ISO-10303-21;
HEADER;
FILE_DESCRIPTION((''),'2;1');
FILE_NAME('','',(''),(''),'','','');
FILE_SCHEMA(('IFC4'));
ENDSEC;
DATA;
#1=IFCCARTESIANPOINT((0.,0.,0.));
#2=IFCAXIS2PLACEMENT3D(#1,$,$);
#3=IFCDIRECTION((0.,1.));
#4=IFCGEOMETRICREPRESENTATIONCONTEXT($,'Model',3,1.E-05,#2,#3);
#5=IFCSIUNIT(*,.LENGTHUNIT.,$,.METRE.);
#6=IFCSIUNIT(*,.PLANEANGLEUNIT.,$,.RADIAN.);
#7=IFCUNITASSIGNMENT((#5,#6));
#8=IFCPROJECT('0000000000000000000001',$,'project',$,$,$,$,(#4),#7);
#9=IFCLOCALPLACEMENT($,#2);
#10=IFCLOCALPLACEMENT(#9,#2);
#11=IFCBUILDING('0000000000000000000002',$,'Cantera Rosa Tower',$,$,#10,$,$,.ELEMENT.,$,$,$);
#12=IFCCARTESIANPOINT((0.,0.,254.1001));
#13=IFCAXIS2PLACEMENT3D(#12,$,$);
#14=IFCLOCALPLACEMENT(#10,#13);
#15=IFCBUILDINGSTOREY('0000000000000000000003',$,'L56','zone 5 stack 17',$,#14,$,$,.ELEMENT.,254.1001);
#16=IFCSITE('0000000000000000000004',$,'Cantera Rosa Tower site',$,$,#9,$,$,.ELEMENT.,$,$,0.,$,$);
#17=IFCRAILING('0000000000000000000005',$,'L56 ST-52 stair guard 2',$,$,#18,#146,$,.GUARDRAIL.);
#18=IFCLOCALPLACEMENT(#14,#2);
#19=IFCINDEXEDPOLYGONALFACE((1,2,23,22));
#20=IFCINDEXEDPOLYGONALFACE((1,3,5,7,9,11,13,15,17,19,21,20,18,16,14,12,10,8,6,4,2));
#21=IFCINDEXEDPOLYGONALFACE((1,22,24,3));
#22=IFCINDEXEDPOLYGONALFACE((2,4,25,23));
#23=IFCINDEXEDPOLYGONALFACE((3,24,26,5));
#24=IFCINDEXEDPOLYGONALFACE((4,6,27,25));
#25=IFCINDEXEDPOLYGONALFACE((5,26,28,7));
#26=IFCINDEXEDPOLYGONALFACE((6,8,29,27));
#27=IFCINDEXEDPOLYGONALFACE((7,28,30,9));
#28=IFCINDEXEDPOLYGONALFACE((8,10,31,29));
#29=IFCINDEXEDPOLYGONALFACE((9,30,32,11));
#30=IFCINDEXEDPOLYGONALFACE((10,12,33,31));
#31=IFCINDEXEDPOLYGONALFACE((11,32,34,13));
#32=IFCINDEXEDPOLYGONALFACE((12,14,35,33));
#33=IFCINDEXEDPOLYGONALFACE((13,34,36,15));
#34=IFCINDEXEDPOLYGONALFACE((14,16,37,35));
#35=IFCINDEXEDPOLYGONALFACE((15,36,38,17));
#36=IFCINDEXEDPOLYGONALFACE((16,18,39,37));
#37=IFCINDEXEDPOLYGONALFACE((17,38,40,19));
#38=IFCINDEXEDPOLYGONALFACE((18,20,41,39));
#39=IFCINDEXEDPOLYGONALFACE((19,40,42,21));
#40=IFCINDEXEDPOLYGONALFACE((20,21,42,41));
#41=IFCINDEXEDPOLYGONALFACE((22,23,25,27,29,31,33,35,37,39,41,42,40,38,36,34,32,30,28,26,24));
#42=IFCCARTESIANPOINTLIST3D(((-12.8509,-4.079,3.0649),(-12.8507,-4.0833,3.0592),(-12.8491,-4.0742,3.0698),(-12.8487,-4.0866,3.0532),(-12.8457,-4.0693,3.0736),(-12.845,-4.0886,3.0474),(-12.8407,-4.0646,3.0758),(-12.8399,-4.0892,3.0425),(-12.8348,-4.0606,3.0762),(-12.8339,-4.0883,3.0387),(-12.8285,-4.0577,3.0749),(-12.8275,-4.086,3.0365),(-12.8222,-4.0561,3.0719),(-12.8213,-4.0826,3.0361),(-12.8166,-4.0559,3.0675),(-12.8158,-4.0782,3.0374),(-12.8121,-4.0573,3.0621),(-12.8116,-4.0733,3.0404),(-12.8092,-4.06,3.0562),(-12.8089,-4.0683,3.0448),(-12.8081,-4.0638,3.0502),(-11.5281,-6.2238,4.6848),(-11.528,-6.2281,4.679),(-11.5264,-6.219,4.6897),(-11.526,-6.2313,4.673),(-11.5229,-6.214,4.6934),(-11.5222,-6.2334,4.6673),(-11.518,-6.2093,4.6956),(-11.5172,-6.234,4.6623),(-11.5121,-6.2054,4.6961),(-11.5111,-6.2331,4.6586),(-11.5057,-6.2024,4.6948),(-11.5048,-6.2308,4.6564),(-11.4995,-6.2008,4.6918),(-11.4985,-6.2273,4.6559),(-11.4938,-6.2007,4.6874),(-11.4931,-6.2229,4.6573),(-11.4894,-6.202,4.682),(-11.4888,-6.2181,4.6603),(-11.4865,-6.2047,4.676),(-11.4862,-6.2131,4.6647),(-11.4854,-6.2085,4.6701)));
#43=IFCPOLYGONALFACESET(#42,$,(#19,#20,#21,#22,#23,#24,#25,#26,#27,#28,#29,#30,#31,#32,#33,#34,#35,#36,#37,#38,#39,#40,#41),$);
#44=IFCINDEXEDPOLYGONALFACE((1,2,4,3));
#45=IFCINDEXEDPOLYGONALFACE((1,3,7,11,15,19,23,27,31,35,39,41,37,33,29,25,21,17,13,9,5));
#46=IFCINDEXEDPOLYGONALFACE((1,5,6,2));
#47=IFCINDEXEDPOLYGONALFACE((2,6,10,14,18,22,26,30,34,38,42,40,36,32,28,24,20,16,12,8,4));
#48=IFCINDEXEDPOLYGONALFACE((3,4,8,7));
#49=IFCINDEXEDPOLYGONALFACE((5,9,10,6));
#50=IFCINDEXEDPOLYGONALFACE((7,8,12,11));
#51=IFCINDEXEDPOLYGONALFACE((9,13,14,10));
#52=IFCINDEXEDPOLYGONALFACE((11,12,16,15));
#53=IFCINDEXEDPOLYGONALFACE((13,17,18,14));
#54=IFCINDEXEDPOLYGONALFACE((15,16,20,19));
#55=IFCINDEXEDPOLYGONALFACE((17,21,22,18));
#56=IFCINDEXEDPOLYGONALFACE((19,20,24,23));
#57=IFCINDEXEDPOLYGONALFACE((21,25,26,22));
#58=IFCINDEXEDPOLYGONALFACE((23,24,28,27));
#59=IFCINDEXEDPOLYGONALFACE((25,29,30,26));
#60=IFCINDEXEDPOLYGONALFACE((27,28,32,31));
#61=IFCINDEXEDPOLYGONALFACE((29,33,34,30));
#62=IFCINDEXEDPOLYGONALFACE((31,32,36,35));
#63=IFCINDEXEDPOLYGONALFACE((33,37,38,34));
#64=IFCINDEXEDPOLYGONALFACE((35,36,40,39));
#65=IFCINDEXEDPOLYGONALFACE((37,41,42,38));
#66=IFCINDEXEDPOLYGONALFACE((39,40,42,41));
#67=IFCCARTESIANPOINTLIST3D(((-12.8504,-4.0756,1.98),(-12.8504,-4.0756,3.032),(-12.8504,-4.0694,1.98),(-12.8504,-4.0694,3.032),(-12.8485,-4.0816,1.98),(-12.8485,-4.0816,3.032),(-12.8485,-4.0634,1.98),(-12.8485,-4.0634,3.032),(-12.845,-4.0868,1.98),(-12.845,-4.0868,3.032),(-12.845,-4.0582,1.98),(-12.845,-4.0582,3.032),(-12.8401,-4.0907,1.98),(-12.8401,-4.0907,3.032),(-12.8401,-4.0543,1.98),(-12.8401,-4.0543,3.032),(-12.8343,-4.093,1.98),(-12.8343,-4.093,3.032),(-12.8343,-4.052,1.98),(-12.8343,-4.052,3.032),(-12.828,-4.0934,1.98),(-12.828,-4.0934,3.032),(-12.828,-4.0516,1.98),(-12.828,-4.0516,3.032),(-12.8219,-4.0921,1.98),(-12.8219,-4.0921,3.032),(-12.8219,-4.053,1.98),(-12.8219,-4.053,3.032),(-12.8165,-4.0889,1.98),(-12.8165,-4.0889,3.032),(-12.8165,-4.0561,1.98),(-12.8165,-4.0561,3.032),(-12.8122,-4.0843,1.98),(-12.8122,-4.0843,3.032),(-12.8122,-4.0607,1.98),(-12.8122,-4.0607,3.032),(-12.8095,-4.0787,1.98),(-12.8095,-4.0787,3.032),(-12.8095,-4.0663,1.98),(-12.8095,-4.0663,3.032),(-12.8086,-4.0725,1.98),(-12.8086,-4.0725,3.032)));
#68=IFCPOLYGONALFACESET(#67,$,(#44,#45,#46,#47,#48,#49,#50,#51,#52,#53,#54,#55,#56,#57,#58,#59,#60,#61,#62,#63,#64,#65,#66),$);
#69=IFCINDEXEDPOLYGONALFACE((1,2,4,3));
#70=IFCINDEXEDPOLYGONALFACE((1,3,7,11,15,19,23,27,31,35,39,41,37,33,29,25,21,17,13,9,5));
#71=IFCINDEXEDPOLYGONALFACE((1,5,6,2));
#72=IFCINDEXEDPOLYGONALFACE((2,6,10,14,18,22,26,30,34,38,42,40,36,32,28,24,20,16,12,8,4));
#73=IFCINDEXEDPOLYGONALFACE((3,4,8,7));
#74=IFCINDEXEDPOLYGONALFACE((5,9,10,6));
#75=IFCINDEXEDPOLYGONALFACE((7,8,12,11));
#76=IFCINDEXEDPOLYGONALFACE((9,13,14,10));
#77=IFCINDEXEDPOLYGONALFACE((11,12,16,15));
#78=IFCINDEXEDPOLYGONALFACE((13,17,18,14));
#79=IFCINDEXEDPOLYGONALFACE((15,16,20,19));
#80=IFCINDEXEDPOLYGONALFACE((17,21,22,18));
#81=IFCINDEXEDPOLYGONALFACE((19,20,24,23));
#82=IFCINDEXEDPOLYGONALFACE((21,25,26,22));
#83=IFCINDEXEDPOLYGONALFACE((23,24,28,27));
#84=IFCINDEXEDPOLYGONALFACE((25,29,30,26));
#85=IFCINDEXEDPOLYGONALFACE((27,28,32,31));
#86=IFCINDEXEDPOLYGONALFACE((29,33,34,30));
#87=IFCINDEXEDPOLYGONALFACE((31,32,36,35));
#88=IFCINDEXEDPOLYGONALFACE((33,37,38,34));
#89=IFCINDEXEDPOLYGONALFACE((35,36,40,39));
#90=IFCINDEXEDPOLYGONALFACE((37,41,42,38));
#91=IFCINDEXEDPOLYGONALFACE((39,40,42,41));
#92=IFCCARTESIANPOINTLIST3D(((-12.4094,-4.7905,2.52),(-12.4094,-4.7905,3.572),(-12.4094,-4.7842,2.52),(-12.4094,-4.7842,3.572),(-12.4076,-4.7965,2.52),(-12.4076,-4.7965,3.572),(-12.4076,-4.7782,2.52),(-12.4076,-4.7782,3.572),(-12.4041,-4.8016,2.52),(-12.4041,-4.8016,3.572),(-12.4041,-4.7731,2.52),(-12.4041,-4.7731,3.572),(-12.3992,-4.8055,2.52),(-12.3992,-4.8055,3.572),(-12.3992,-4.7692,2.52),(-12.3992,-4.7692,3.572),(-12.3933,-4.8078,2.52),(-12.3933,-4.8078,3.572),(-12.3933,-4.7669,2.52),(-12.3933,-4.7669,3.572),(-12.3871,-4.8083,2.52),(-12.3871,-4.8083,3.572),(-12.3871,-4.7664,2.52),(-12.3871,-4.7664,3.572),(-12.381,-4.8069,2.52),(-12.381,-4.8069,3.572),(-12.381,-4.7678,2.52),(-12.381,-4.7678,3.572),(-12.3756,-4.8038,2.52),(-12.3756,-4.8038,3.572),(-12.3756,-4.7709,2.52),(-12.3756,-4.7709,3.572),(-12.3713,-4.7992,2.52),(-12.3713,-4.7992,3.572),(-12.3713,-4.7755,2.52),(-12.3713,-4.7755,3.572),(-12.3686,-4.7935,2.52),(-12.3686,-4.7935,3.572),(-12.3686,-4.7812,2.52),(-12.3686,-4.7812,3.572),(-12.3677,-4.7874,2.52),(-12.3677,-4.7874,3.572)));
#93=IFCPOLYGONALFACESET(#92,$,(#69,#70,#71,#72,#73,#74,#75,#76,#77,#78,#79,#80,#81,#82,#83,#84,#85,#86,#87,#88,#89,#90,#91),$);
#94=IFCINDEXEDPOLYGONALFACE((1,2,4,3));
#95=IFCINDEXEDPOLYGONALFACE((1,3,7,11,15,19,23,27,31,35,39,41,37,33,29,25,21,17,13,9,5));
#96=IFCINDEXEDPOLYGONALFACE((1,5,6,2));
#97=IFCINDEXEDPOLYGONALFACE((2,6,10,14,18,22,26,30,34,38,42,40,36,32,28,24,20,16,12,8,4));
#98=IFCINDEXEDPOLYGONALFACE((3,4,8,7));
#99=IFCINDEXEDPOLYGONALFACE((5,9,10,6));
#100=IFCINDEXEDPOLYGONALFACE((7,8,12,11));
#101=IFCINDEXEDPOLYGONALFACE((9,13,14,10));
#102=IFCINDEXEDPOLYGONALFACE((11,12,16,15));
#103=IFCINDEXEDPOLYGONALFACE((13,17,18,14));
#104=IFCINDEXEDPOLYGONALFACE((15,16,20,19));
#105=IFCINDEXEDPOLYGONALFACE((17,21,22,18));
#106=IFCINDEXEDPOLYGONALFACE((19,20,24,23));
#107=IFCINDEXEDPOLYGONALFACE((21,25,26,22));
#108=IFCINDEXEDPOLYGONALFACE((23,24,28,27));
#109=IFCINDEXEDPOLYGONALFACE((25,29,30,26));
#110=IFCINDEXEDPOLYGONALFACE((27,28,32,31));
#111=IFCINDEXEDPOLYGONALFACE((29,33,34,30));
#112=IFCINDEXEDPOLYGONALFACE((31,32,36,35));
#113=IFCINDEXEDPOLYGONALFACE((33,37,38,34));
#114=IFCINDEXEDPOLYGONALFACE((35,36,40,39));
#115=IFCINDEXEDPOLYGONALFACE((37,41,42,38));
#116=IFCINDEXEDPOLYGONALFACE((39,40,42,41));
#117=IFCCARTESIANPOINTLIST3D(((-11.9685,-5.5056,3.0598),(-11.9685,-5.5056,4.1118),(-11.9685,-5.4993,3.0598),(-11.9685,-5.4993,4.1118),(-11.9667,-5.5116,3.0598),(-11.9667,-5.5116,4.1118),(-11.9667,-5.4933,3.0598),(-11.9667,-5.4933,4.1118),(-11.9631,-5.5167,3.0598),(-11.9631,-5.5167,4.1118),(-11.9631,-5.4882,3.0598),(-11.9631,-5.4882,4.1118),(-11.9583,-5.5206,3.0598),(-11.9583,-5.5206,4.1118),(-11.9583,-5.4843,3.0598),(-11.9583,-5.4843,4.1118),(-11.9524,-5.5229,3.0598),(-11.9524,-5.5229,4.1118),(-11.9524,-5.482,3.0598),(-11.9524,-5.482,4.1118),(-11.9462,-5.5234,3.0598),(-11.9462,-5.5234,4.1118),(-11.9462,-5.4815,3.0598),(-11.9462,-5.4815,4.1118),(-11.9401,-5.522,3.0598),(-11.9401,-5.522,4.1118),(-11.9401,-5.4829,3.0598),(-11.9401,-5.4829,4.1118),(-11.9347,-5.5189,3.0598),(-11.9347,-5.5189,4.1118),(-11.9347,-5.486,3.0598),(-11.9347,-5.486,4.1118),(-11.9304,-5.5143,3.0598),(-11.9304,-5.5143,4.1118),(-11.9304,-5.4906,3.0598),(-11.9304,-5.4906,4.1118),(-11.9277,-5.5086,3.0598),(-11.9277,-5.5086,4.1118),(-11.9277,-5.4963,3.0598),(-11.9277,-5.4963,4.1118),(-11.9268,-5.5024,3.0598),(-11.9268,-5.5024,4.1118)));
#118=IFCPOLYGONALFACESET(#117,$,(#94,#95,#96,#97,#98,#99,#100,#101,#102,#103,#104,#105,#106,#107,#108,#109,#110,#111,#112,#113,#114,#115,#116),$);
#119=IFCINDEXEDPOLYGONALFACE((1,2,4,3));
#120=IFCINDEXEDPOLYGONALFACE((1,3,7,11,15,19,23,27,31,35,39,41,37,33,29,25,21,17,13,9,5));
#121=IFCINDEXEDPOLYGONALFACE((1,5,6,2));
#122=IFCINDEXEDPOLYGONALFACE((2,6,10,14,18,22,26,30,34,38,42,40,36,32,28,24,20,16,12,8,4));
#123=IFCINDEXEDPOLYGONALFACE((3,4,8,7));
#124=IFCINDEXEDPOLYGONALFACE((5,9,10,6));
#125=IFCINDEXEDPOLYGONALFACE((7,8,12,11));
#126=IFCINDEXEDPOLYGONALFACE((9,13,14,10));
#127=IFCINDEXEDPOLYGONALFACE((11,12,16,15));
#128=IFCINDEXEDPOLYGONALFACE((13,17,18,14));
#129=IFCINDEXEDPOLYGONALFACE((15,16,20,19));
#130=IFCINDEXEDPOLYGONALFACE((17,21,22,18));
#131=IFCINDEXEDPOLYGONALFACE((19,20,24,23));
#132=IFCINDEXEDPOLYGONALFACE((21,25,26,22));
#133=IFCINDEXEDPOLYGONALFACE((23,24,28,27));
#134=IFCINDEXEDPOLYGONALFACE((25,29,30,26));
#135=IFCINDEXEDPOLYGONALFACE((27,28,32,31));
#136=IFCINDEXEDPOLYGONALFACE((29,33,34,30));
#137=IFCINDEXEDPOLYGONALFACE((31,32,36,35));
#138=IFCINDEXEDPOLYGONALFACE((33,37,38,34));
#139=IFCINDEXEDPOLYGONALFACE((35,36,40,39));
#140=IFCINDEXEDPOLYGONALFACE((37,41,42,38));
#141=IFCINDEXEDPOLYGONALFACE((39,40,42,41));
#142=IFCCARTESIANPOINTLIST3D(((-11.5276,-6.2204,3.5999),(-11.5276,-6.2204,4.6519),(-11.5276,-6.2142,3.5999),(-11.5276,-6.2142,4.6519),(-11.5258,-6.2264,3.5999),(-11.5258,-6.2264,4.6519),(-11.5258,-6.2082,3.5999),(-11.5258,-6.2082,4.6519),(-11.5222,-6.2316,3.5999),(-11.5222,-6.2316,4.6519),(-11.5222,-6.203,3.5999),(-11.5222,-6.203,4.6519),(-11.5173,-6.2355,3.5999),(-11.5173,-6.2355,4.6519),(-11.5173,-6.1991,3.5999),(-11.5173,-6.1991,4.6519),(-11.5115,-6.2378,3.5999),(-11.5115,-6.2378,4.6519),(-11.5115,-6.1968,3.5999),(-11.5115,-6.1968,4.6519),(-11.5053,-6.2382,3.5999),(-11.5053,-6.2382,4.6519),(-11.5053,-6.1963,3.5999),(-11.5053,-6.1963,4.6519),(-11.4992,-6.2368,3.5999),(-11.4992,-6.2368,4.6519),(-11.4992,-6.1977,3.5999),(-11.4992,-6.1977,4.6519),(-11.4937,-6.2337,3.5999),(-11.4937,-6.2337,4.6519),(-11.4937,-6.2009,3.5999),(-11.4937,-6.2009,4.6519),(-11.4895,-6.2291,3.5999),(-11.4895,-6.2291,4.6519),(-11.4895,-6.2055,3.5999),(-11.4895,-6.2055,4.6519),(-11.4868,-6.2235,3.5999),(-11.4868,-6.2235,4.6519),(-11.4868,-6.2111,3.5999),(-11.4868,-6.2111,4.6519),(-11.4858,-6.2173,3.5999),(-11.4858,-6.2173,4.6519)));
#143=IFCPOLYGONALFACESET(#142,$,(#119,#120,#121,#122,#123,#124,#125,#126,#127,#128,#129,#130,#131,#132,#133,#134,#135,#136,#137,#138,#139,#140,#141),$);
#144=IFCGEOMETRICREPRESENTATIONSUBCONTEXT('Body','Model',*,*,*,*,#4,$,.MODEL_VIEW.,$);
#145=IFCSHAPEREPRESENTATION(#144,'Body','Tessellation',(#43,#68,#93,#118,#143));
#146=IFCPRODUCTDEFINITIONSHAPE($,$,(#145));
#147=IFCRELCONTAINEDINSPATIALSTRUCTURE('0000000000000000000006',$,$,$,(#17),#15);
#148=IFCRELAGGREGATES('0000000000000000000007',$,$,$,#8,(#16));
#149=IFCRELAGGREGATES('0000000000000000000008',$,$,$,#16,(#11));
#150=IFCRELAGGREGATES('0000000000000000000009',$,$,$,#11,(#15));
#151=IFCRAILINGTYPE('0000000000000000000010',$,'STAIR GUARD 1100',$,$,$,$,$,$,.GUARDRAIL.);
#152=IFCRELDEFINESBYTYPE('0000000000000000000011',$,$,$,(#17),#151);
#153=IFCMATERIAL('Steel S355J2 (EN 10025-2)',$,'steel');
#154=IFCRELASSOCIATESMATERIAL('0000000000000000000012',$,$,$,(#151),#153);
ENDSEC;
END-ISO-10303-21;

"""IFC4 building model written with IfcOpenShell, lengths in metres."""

from ifc_helpers import new_model, si_unit, direction, frame, origin, origin_2d, place, context, subcontext, project, spatial, circle, extrude, material, type_object, element, save


model = new_model("IFC4")

# Units and contexts
model_context = context("Model", 3, precision=1e-05, world=origin(), true_north=direction((0.0, 1.0)))
body_context = subcontext(model_context, "Body", "Model", "MODEL_VIEW")
ifc_project = project(units=[si_unit("LENGTHUNIT", "METRE"), si_unit("PLANEANGLEUNIT", "RADIAN")], contexts=[model_context])

# Site, building, storey
site_placement = place(None, origin())
site = spatial("IfcSite", under=ifc_project, at=site_placement, Name="Cantera Rosa Tower site", CompositionType="ELEMENT", RefElevation=0.0)
building_placement = place(site_placement, origin())
building = spatial("IfcBuilding", under=site, at=building_placement, Name="Cantera Rosa Tower", CompositionType="ELEMENT")
storey_placement = place(building_placement, frame((0.0, 0.0, 254.1001)))
storey = spatial("IfcBuildingStorey", under=building, at=storey_placement, Name="L56", Description="zone 5 stack 17", CompositionType="ELEMENT", Elevation=254.1001)

# Railing
ifc_material_1 = material(Name="Steel S355J2 (EN 10025-2)", Category="steel")
railing_type_1 = type_object("IfcRailingType", Name="STAIR GUARD 1100", PredefinedType="GUARDRAIL", material=ifc_material_1)
railing_1_placement = place(storey_placement, frame((-12.8296, -4.0725, 1.98)))
element("IfcRailing", 1, at=railing_1_placement, inside=storey, type_object=railing_type_1, Name="L56 ST-52 stair guard 2", PredefinedType="GUARDRAIL", context=body_context, shape_type="SweptSolid", body=[
    extrude(circle(Radius=0.0239, at=origin_2d()), frame((0.0, 0.0, 1.0762), z_axis=(0.441563, -0.715971, 0.540748), x_axis=(0.851146, 0.52493, 0.0)), (0.0, 0.0, 1.0), 2.9956),
    extrude(circle(Radius=0.021, at=origin_2d()), origin(), (0.0, 0.0, 1.0), 1.052),
    extrude(circle(Radius=0.021, at=origin_2d()), frame((0.4409, -0.7148, 0.54)), (0.0, 0.0, 1.0), 1.052),
    extrude(circle(Radius=0.021, at=origin_2d()), frame((0.8818, -1.4299, 1.0798)), (0.0, 0.0, 1.0), 1.052),
    extrude(circle(Radius=0.021, at=origin_2d()), frame((1.3228, -2.1448, 1.6199)), (0.0, 0.0, 1.0), 1.052),
])

save(model, "model.ifc")
